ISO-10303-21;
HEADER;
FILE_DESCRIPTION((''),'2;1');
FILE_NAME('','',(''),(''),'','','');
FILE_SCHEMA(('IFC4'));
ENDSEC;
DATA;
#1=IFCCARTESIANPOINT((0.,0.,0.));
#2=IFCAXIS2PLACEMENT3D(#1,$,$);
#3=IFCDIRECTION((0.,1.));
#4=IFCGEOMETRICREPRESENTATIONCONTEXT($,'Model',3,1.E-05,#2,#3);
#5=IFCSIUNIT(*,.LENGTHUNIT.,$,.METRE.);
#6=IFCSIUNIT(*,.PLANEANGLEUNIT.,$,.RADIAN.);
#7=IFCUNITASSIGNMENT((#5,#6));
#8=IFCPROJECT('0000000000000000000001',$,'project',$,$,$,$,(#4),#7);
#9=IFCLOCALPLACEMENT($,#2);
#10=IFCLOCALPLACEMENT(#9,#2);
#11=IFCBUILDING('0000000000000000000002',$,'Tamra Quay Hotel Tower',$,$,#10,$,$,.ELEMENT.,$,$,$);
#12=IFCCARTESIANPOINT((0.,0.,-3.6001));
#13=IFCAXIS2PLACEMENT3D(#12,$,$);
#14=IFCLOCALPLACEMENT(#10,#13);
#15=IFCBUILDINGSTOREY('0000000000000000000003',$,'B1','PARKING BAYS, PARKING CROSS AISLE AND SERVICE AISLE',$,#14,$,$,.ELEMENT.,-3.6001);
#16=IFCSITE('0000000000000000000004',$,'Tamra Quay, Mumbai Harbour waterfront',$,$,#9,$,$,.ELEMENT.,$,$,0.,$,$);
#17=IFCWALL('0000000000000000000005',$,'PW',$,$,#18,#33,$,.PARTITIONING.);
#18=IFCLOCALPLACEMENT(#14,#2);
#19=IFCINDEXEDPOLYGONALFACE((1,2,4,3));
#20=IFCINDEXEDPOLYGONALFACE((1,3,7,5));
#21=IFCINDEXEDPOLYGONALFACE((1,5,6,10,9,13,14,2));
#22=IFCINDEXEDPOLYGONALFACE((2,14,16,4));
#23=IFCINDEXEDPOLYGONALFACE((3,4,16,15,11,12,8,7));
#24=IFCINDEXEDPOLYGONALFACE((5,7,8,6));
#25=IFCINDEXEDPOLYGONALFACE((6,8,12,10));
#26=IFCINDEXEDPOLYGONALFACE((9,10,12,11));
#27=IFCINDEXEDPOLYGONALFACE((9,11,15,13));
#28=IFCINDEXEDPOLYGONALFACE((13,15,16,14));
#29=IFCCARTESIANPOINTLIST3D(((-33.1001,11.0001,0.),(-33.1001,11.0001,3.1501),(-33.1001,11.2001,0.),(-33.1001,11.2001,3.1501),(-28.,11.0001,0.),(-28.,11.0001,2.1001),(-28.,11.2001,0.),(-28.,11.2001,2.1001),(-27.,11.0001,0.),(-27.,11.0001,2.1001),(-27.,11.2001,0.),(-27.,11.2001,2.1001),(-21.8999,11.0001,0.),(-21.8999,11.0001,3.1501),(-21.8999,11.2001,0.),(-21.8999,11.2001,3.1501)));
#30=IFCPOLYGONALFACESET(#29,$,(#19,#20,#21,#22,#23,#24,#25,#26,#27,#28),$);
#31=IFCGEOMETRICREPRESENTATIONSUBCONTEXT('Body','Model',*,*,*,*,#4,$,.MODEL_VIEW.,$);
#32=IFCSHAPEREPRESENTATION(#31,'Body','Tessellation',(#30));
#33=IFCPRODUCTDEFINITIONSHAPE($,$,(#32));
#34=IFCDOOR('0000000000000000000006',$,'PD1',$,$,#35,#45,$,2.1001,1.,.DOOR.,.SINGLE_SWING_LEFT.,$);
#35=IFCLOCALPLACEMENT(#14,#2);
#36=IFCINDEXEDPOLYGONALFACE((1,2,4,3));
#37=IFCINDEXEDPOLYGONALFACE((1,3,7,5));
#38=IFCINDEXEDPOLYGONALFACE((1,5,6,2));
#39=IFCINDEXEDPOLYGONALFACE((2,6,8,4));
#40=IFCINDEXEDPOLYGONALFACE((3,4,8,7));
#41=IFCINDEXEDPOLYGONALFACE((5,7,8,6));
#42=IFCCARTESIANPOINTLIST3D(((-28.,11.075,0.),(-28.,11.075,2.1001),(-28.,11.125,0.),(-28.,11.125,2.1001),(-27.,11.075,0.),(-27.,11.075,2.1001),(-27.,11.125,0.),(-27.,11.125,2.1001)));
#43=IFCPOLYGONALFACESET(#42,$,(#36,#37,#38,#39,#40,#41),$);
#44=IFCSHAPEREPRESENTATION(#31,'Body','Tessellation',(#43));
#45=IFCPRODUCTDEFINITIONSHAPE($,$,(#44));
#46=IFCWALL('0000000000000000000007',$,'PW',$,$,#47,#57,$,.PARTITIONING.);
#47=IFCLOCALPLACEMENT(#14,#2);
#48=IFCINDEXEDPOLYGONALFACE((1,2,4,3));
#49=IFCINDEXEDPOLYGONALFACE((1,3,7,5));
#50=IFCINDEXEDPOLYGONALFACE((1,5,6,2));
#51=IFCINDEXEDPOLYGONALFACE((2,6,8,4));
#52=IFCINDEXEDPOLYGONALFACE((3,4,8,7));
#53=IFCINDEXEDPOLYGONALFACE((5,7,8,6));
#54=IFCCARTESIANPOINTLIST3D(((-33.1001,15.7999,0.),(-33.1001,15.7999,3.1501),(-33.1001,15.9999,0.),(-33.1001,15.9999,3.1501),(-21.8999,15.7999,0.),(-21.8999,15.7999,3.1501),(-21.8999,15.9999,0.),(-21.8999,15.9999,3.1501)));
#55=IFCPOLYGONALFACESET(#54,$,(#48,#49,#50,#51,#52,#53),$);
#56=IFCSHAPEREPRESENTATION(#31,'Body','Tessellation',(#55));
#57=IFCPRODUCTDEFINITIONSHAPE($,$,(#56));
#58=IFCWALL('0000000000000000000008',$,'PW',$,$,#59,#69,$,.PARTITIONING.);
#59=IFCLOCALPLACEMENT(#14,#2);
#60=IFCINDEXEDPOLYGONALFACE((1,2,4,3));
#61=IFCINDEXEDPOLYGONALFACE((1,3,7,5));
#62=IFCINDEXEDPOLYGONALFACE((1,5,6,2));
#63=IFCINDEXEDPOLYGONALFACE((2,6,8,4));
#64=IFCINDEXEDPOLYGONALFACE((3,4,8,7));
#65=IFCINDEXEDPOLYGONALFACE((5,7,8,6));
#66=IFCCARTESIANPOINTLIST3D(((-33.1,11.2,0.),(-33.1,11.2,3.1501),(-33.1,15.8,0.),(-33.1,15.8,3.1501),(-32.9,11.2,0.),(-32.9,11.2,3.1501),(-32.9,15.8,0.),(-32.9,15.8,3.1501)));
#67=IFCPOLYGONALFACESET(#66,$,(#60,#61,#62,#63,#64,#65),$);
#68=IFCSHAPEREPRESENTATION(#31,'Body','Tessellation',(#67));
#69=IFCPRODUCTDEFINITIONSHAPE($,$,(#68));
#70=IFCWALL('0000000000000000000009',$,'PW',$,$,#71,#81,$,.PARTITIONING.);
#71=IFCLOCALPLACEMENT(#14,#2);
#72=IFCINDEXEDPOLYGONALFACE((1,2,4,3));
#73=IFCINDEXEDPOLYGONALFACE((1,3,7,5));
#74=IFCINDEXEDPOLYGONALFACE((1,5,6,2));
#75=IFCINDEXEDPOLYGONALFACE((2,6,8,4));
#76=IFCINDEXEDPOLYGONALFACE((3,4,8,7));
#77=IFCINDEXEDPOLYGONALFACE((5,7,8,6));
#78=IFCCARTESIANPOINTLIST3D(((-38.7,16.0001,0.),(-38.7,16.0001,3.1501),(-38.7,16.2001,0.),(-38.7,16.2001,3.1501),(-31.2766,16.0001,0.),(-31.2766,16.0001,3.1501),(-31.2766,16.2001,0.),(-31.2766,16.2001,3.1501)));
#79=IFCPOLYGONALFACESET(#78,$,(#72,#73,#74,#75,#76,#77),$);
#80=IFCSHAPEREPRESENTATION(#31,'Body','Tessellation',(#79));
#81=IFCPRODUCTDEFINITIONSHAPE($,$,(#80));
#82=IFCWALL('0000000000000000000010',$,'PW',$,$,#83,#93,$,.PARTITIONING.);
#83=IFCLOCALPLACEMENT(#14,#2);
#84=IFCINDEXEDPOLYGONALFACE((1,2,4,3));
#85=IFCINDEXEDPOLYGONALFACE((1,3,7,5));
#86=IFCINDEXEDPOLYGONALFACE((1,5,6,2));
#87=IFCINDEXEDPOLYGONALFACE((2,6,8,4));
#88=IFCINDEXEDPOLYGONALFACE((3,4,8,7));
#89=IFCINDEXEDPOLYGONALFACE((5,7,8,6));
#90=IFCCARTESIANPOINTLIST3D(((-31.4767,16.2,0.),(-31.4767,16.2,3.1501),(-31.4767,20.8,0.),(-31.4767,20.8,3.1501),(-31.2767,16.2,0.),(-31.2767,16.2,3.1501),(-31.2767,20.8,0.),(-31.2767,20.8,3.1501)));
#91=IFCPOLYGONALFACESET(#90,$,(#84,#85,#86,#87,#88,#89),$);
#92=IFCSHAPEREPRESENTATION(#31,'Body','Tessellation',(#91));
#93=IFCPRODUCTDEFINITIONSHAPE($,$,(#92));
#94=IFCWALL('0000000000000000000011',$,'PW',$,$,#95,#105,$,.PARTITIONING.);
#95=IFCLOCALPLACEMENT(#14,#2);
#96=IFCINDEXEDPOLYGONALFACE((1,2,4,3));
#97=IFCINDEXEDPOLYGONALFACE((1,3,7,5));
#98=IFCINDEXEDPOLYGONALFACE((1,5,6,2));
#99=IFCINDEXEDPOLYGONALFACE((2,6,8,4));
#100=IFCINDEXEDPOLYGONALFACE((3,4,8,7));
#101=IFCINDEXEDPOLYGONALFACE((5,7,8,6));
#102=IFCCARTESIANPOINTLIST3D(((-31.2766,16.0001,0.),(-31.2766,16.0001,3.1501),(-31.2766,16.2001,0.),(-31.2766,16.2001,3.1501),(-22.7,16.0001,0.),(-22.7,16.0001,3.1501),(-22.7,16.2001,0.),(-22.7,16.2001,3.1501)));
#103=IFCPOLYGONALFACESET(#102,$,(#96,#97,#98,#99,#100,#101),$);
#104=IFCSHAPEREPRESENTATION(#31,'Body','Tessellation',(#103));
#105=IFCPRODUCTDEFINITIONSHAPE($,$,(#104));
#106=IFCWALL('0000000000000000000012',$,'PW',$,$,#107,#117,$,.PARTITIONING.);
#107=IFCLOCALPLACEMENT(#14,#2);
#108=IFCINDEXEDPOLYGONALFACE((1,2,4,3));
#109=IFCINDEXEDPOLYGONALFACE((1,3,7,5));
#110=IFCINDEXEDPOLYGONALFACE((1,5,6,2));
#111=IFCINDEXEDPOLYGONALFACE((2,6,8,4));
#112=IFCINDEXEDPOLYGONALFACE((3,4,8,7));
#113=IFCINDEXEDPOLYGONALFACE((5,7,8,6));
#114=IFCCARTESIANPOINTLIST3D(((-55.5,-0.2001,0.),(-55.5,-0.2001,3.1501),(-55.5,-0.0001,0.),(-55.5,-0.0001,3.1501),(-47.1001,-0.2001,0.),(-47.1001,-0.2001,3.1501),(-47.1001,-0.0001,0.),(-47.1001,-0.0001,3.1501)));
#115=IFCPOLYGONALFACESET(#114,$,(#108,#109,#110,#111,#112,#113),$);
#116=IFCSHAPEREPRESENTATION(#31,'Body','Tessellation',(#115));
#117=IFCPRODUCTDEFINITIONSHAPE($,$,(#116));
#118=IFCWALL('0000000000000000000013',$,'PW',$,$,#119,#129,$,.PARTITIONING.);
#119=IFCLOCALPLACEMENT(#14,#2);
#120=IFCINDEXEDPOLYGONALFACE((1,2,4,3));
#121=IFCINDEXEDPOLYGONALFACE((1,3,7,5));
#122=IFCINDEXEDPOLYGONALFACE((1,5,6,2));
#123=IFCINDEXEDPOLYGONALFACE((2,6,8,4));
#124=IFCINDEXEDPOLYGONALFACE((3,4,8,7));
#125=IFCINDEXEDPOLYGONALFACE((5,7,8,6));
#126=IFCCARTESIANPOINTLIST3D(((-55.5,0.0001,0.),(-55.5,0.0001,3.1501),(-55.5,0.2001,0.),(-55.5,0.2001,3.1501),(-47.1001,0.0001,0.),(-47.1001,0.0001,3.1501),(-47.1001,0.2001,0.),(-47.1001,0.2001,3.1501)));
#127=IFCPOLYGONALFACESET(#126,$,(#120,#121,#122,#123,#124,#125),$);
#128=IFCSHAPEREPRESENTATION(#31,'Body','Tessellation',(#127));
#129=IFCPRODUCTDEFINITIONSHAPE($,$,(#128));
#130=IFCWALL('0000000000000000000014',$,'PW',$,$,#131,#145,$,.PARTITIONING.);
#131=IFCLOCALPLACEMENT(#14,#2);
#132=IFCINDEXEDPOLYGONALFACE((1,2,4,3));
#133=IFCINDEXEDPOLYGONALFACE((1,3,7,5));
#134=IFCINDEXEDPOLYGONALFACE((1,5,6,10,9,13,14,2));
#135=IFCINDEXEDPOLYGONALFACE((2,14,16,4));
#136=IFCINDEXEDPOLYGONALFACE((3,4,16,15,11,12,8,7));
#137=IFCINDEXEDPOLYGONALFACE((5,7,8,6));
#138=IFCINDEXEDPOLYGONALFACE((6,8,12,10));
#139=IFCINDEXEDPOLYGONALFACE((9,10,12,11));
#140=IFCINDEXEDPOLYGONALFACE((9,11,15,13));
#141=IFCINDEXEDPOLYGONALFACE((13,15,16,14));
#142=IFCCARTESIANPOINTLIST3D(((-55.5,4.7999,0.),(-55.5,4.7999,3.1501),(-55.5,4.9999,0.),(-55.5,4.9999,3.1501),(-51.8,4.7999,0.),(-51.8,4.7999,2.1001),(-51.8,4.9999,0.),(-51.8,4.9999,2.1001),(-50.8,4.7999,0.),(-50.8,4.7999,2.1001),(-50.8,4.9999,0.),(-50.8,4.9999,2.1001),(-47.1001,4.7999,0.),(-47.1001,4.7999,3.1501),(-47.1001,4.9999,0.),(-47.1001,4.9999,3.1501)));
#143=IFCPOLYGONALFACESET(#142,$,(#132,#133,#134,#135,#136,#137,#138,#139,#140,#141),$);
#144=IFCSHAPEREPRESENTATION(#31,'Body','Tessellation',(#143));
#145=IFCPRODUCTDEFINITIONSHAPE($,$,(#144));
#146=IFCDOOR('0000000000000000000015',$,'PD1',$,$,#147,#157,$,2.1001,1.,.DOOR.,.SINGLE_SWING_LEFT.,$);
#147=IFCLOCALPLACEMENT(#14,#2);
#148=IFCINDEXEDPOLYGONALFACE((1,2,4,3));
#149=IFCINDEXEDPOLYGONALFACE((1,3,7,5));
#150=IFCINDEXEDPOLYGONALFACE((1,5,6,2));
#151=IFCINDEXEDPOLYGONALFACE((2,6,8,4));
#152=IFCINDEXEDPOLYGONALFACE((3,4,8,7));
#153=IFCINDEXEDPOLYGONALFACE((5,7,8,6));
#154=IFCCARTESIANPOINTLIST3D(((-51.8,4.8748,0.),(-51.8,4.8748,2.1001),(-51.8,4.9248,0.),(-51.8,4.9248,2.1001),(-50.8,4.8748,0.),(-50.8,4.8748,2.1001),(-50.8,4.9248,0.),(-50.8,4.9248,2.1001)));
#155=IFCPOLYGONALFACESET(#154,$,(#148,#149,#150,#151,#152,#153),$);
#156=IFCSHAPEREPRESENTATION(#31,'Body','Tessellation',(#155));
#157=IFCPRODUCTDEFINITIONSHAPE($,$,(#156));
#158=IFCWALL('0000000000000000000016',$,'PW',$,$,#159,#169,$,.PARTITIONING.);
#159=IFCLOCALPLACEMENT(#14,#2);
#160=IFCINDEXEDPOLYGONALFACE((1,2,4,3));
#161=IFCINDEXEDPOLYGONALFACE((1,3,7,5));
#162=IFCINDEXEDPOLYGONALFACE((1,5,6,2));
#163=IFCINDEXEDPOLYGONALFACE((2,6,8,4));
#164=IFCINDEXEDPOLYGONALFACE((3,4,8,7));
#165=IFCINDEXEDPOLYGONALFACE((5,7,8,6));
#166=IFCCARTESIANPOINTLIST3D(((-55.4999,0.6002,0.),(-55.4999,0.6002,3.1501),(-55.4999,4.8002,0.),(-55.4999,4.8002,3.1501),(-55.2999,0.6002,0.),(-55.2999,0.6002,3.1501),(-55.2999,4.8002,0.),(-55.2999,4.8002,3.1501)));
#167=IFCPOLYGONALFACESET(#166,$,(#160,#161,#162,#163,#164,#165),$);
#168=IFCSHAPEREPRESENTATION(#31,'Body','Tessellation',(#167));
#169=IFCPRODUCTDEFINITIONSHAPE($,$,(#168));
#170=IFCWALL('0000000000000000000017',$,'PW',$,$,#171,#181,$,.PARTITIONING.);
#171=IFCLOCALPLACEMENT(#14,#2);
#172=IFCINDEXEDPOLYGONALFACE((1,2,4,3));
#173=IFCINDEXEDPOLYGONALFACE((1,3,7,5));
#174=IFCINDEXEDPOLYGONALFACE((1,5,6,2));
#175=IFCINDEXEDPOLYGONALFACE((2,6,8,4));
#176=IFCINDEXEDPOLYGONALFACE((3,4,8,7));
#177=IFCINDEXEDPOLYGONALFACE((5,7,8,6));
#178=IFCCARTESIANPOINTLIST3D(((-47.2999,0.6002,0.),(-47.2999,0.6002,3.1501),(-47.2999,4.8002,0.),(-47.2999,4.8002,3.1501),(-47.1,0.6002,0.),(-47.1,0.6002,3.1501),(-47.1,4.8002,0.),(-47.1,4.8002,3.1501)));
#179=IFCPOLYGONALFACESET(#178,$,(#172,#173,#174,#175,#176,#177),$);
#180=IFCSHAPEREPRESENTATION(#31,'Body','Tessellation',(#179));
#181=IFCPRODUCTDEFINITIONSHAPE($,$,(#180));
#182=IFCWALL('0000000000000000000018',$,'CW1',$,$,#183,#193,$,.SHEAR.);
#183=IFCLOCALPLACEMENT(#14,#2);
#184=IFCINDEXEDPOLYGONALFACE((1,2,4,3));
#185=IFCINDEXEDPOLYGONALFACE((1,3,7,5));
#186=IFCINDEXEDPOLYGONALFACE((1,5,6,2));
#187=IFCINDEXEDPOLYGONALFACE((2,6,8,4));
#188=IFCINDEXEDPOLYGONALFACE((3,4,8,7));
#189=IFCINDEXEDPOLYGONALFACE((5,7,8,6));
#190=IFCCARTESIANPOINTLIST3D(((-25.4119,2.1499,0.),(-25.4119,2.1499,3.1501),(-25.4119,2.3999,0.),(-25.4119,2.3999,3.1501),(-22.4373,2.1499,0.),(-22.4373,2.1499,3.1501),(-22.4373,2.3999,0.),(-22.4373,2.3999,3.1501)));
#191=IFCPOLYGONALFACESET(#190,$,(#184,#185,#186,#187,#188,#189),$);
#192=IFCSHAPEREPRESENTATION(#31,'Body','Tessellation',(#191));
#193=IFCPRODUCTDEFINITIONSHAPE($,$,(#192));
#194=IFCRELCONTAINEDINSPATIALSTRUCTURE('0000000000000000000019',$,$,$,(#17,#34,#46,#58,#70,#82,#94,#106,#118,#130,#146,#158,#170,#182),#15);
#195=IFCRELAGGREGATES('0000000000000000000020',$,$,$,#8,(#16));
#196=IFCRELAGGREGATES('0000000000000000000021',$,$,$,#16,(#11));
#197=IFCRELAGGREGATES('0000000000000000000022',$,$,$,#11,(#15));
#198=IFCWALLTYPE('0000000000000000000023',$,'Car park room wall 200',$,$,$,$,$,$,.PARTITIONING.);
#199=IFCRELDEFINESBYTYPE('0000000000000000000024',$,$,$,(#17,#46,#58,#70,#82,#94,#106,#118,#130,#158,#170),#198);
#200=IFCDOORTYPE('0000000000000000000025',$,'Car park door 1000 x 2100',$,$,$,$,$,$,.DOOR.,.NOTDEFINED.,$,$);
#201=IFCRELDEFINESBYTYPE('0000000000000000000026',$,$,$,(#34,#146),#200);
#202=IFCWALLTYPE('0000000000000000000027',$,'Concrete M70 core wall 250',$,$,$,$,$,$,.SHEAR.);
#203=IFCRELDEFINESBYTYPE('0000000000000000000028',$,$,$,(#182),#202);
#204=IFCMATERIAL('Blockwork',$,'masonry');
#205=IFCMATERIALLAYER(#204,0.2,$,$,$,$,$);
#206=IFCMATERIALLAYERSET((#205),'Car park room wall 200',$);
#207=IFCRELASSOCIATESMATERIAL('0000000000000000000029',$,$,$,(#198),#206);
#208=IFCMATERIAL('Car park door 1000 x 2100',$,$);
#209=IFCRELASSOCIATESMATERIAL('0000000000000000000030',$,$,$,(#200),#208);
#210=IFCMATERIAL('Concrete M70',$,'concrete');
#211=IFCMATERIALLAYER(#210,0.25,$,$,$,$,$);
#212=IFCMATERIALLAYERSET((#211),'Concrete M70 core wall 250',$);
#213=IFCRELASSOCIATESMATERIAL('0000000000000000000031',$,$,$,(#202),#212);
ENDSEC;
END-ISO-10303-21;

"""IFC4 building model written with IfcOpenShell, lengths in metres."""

from ifc_helpers import new_model, si_unit, direction, frame, frame_2d, origin, place, context, subcontext, project, spatial, rectangle, extrude, material, layer, layer_set, type_object, element, fill, save


model = new_model("IFC4")

# Units and contexts
model_context = context("Model", 3, precision=1e-05, world=origin(), true_north=direction((0.0, 1.0)))
body_context = subcontext(model_context, "Body", "Model", "MODEL_VIEW")
ifc_project = project(units=[si_unit("LENGTHUNIT", "METRE"), si_unit("PLANEANGLEUNIT", "RADIAN")], contexts=[model_context])

# Site, building, storey
site_placement = place(None, origin())
site = spatial("IfcSite", under=ifc_project, at=site_placement, Name="Tamra Quay, Mumbai Harbour waterfront", CompositionType="ELEMENT", RefElevation=0.0)
building_placement = place(site_placement, origin())
building = spatial("IfcBuilding", under=site, at=building_placement, Name="Tamra Quay Hotel Tower", CompositionType="ELEMENT")
storey_placement = place(building_placement, frame((0.0, 0.0, -3.6001)))
storey = spatial("IfcBuildingStorey", under=building, at=storey_placement, Name="B1", Description="PARKING BAYS, PARKING CROSS AISLE AND SERVICE AISLE", CompositionType="ELEMENT", Elevation=-3.6001)

# Shared definitions
ifc_material_1 = material(Name="Concrete M70", Category="concrete")

# Shared definitions
ifc_material_2 = material(Name="Blockwork", Category="masonry")
ifc_layer_1 = layer(ifc_material_2, 0.2)
ifc_layer_set_1 = layer_set([ifc_layer_1], Name="Car park room wall 200")
wall_type_1 = type_object("IfcWallType", Name="Car park room wall 200", PredefinedType="PARTITIONING", material=ifc_layer_set_1)
ifc_material_3 = material(Name="Car park door 1000 x 2100")
door_type = type_object("IfcDoorType", Name="Car park door 1000 x 2100", OperationType="NOTDEFINED", PredefinedType="DOOR", material=ifc_material_3)

# Wall, opening, door
wall_1_placement = place(storey_placement, frame((-33.1001, 11.1001, 0.0), z_axis=(0.0, 0.0, 1.0), x_axis=(1.0, 0.0, 0.0)))
wall_1 = element("IfcWall", 1, at=wall_1_placement, inside=storey, type_object=wall_type_1, Name="PW", PredefinedType="PARTITIONING", context=body_context, shape_type="SweptSolid", body=[
    extrude(rectangle(XDim=11.2002, YDim=0.2, at=frame_2d((5.6001, 0.0))), origin(), (0.0, 0.0, 1.0), 3.1501),
])
opening_1_placement = place(wall_1_placement, frame((5.1001, 0.0, 0.0)))
opening_1 = element("IfcOpeningElement", 2, at=opening_1_placement, cuts=wall_1, PredefinedType="OPENING", context=body_context, shape_type="SweptSolid", body=[
    extrude(rectangle(XDim=1.0, YDim=2.1001, at=frame_2d((0.5, 1.05))), frame((0.0, 0.1099, 0.0), z_axis=(0.0, -1.0, 0.0), x_axis=(1.0, 0.0, 0.0)), (0.0, 0.0, 1.0), 0.22),
])
door_1_placement = place(opening_1_placement, origin())
door_1 = element("IfcDoor", 3, at=door_1_placement, inside=storey, type_object=door_type, Name="PD1", OperationType="SINGLE_SWING_LEFT", OverallHeight=2.1001, OverallWidth=1.0, PredefinedType="DOOR", context=body_context, shape_type="SweptSolid", body=[
    extrude(rectangle(XDim=1.0, YDim=2.1001, at=frame_2d((0.5, 1.05))), frame((0.0, 0.0249, 0.0), z_axis=(0.0, -1.0, 0.0), x_axis=(1.0, 0.0, 0.0)), (0.0, 0.0, 1.0), 0.05),
])
fill(opening_1, door_1)

# Walls
wall_2_placement = place(storey_placement, frame((-33.1001, 15.8999, 0.0), z_axis=(0.0, 0.0, 1.0), x_axis=(1.0, 0.0, 0.0)))
element("IfcWall", 4, at=wall_2_placement, inside=storey, type_object=wall_type_1, Name="PW", PredefinedType="PARTITIONING", context=body_context, shape_type="SweptSolid", body=[
    extrude(rectangle(XDim=11.2002, YDim=0.2, at=frame_2d((5.6001, 0.0))), origin(), (0.0, 0.0, 1.0), 3.1501),
])
wall_3_placement = place(storey_placement, frame((-33.0, 11.2, 0.0), z_axis=(0.0, 0.0, 1.0), x_axis=(0.0, 1.0, 0.0)))
element("IfcWall", 5, at=wall_3_placement, inside=storey, type_object=wall_type_1, Name="PW", PredefinedType="PARTITIONING", context=body_context, shape_type="SweptSolid", body=[
    extrude(rectangle(XDim=4.6001, YDim=0.2, at=frame_2d((2.3, 0.0))), origin(), (0.0, 0.0, 1.0), 3.1501),
])
wall_4_placement = place(storey_placement, frame((-38.7, 16.1001, 0.0), z_axis=(0.0, 0.0, 1.0), x_axis=(1.0, 0.0, 0.0)))
element("IfcWall", 6, at=wall_4_placement, inside=storey, type_object=wall_type_1, Name="PW", PredefinedType="PARTITIONING", context=body_context, shape_type="SweptSolid", body=[
    extrude(rectangle(XDim=7.4233, YDim=0.2, at=frame_2d((3.7117, 0.0))), origin(), (0.0, 0.0, 1.0), 3.1501),
])
wall_5_placement = place(storey_placement, frame((-31.3767, 16.2, 0.0), z_axis=(0.0, 0.0, 1.0), x_axis=(0.0, 1.0, 0.0)))
element("IfcWall", 7, at=wall_5_placement, inside=storey, type_object=wall_type_1, Name="PW", PredefinedType="PARTITIONING", context=body_context, shape_type="SweptSolid", body=[
    extrude(rectangle(XDim=4.6001, YDim=0.2, at=frame_2d((2.3, 0.0))), origin(), (0.0, 0.0, 1.0), 3.1501),
])
wall_6_placement = place(storey_placement, frame((-31.2766, 16.1001, 0.0), z_axis=(0.0, 0.0, 1.0), x_axis=(1.0, 0.0, 0.0)))
element("IfcWall", 8, at=wall_6_placement, inside=storey, type_object=wall_type_1, Name="PW", PredefinedType="PARTITIONING", context=body_context, shape_type="SweptSolid", body=[
    extrude(rectangle(XDim=8.5767, YDim=0.2, at=frame_2d((4.2883, 0.0))), origin(), (0.0, 0.0, 1.0), 3.1501),
])
for number, where, z_axis, x_axis, name in (
    (9, (-55.5, -0.1001, 0.0), (0.0, 0.0, 1.0), (1.0, 0.0, 0.0), "PW"),
    (10, (-55.5, 0.1001, 0.0), (0.0, 0.0, 1.0), (1.0, 0.0, 0.0), "PW"),
):
    element("IfcWall", number, at=place(storey_placement, frame(where, z_axis=z_axis, x_axis=x_axis)), inside=storey, type_object=wall_type_1, Name=name, PredefinedType="PARTITIONING", context=body_context, shape_type="SweptSolid", body=[
        extrude(rectangle(XDim=8.3999, YDim=0.2, at=frame_2d((4.2, 0.0))), origin(), (0.0, 0.0, 1.0), 3.1501),
    ])

# Wall, opening, door
wall_7_placement = place(storey_placement, frame((-55.5, 4.8999, 0.0), z_axis=(0.0, 0.0, 1.0), x_axis=(1.0, 0.0, 0.0)))
wall_7 = element("IfcWall", 11, at=wall_7_placement, inside=storey, type_object=wall_type_1, Name="PW", PredefinedType="PARTITIONING", context=body_context, shape_type="SweptSolid", body=[
    extrude(rectangle(XDim=8.3999, YDim=0.2, at=frame_2d((4.2, 0.0))), origin(), (0.0, 0.0, 1.0), 3.1501),
])
opening_2_placement = place(wall_7_placement, frame((3.7, 0.0, 0.0)))
opening_2 = element("IfcOpeningElement", 12, at=opening_2_placement, cuts=wall_7, PredefinedType="OPENING", context=body_context, shape_type="SweptSolid", body=[
    extrude(rectangle(XDim=1.0, YDim=2.1001, at=frame_2d((0.5, 1.05))), frame((0.0, 0.1099, 0.0), z_axis=(0.0, -1.0, 0.0), x_axis=(1.0, 0.0, 0.0)), (0.0, 0.0, 1.0), 0.22),
])
door_2_placement = place(opening_2_placement, origin())
door_2 = element("IfcDoor", 13, at=door_2_placement, inside=storey, type_object=door_type, Name="PD1", OperationType="SINGLE_SWING_LEFT", OverallHeight=2.1001, OverallWidth=1.0, PredefinedType="DOOR", context=body_context, shape_type="SweptSolid", body=[
    extrude(rectangle(XDim=1.0, YDim=2.1001, at=frame_2d((0.5, 1.05))), frame((0.0, 0.0249, 0.0), z_axis=(0.0, -1.0, 0.0), x_axis=(1.0, 0.0, 0.0)), (0.0, 0.0, 1.0), 0.05),
])
fill(opening_2, door_2)

# Walls
for number, where, z_axis, x_axis, name in (
    (14, (-55.3999, 0.6001, 0.0), (0.0, 0.0, 1.0), (0.0, 1.0, 0.0), "PW"),
    (15, (-47.2, 0.6001, 0.0), (0.0, 0.0, 1.0), (0.0, 1.0, 0.0), "PW"),
):
    element("IfcWall", number, at=place(storey_placement, frame(where, z_axis=z_axis, x_axis=x_axis)), inside=storey, type_object=wall_type_1, Name=name, PredefinedType="PARTITIONING", context=body_context, shape_type="SweptSolid", body=[
        extrude(rectangle(XDim=4.2, YDim=0.2, at=frame_2d((2.1001, 0.0))), origin(), (0.0, 0.0, 1.0), 3.1501),
    ])
ifc_layer_2 = layer(ifc_material_1, 0.25)
ifc_layer_set_2 = layer_set([ifc_layer_2], Name="Concrete M70 core wall 250")
wall_type_2 = type_object("IfcWallType", Name="Concrete M70 core wall 250", PredefinedType="SHEAR", material=ifc_layer_set_2)
wall_8_placement = place(storey_placement, frame((-25.4119, 2.2749, 0.0), z_axis=(0.0, 0.0, 1.0), x_axis=(1.0, 0.0, 0.0)))
element("IfcWall", 16, at=wall_8_placement, inside=storey, type_object=wall_type_2, Name="CW1", PredefinedType="SHEAR", context=body_context, shape_type="SweptSolid", body=[
    extrude(rectangle(XDim=2.9746, YDim=0.25, at=frame_2d((1.4873, 0.0))), origin(), (0.0, 0.0, 1.0), 3.1501),
])

save(model, "model.ifc")
